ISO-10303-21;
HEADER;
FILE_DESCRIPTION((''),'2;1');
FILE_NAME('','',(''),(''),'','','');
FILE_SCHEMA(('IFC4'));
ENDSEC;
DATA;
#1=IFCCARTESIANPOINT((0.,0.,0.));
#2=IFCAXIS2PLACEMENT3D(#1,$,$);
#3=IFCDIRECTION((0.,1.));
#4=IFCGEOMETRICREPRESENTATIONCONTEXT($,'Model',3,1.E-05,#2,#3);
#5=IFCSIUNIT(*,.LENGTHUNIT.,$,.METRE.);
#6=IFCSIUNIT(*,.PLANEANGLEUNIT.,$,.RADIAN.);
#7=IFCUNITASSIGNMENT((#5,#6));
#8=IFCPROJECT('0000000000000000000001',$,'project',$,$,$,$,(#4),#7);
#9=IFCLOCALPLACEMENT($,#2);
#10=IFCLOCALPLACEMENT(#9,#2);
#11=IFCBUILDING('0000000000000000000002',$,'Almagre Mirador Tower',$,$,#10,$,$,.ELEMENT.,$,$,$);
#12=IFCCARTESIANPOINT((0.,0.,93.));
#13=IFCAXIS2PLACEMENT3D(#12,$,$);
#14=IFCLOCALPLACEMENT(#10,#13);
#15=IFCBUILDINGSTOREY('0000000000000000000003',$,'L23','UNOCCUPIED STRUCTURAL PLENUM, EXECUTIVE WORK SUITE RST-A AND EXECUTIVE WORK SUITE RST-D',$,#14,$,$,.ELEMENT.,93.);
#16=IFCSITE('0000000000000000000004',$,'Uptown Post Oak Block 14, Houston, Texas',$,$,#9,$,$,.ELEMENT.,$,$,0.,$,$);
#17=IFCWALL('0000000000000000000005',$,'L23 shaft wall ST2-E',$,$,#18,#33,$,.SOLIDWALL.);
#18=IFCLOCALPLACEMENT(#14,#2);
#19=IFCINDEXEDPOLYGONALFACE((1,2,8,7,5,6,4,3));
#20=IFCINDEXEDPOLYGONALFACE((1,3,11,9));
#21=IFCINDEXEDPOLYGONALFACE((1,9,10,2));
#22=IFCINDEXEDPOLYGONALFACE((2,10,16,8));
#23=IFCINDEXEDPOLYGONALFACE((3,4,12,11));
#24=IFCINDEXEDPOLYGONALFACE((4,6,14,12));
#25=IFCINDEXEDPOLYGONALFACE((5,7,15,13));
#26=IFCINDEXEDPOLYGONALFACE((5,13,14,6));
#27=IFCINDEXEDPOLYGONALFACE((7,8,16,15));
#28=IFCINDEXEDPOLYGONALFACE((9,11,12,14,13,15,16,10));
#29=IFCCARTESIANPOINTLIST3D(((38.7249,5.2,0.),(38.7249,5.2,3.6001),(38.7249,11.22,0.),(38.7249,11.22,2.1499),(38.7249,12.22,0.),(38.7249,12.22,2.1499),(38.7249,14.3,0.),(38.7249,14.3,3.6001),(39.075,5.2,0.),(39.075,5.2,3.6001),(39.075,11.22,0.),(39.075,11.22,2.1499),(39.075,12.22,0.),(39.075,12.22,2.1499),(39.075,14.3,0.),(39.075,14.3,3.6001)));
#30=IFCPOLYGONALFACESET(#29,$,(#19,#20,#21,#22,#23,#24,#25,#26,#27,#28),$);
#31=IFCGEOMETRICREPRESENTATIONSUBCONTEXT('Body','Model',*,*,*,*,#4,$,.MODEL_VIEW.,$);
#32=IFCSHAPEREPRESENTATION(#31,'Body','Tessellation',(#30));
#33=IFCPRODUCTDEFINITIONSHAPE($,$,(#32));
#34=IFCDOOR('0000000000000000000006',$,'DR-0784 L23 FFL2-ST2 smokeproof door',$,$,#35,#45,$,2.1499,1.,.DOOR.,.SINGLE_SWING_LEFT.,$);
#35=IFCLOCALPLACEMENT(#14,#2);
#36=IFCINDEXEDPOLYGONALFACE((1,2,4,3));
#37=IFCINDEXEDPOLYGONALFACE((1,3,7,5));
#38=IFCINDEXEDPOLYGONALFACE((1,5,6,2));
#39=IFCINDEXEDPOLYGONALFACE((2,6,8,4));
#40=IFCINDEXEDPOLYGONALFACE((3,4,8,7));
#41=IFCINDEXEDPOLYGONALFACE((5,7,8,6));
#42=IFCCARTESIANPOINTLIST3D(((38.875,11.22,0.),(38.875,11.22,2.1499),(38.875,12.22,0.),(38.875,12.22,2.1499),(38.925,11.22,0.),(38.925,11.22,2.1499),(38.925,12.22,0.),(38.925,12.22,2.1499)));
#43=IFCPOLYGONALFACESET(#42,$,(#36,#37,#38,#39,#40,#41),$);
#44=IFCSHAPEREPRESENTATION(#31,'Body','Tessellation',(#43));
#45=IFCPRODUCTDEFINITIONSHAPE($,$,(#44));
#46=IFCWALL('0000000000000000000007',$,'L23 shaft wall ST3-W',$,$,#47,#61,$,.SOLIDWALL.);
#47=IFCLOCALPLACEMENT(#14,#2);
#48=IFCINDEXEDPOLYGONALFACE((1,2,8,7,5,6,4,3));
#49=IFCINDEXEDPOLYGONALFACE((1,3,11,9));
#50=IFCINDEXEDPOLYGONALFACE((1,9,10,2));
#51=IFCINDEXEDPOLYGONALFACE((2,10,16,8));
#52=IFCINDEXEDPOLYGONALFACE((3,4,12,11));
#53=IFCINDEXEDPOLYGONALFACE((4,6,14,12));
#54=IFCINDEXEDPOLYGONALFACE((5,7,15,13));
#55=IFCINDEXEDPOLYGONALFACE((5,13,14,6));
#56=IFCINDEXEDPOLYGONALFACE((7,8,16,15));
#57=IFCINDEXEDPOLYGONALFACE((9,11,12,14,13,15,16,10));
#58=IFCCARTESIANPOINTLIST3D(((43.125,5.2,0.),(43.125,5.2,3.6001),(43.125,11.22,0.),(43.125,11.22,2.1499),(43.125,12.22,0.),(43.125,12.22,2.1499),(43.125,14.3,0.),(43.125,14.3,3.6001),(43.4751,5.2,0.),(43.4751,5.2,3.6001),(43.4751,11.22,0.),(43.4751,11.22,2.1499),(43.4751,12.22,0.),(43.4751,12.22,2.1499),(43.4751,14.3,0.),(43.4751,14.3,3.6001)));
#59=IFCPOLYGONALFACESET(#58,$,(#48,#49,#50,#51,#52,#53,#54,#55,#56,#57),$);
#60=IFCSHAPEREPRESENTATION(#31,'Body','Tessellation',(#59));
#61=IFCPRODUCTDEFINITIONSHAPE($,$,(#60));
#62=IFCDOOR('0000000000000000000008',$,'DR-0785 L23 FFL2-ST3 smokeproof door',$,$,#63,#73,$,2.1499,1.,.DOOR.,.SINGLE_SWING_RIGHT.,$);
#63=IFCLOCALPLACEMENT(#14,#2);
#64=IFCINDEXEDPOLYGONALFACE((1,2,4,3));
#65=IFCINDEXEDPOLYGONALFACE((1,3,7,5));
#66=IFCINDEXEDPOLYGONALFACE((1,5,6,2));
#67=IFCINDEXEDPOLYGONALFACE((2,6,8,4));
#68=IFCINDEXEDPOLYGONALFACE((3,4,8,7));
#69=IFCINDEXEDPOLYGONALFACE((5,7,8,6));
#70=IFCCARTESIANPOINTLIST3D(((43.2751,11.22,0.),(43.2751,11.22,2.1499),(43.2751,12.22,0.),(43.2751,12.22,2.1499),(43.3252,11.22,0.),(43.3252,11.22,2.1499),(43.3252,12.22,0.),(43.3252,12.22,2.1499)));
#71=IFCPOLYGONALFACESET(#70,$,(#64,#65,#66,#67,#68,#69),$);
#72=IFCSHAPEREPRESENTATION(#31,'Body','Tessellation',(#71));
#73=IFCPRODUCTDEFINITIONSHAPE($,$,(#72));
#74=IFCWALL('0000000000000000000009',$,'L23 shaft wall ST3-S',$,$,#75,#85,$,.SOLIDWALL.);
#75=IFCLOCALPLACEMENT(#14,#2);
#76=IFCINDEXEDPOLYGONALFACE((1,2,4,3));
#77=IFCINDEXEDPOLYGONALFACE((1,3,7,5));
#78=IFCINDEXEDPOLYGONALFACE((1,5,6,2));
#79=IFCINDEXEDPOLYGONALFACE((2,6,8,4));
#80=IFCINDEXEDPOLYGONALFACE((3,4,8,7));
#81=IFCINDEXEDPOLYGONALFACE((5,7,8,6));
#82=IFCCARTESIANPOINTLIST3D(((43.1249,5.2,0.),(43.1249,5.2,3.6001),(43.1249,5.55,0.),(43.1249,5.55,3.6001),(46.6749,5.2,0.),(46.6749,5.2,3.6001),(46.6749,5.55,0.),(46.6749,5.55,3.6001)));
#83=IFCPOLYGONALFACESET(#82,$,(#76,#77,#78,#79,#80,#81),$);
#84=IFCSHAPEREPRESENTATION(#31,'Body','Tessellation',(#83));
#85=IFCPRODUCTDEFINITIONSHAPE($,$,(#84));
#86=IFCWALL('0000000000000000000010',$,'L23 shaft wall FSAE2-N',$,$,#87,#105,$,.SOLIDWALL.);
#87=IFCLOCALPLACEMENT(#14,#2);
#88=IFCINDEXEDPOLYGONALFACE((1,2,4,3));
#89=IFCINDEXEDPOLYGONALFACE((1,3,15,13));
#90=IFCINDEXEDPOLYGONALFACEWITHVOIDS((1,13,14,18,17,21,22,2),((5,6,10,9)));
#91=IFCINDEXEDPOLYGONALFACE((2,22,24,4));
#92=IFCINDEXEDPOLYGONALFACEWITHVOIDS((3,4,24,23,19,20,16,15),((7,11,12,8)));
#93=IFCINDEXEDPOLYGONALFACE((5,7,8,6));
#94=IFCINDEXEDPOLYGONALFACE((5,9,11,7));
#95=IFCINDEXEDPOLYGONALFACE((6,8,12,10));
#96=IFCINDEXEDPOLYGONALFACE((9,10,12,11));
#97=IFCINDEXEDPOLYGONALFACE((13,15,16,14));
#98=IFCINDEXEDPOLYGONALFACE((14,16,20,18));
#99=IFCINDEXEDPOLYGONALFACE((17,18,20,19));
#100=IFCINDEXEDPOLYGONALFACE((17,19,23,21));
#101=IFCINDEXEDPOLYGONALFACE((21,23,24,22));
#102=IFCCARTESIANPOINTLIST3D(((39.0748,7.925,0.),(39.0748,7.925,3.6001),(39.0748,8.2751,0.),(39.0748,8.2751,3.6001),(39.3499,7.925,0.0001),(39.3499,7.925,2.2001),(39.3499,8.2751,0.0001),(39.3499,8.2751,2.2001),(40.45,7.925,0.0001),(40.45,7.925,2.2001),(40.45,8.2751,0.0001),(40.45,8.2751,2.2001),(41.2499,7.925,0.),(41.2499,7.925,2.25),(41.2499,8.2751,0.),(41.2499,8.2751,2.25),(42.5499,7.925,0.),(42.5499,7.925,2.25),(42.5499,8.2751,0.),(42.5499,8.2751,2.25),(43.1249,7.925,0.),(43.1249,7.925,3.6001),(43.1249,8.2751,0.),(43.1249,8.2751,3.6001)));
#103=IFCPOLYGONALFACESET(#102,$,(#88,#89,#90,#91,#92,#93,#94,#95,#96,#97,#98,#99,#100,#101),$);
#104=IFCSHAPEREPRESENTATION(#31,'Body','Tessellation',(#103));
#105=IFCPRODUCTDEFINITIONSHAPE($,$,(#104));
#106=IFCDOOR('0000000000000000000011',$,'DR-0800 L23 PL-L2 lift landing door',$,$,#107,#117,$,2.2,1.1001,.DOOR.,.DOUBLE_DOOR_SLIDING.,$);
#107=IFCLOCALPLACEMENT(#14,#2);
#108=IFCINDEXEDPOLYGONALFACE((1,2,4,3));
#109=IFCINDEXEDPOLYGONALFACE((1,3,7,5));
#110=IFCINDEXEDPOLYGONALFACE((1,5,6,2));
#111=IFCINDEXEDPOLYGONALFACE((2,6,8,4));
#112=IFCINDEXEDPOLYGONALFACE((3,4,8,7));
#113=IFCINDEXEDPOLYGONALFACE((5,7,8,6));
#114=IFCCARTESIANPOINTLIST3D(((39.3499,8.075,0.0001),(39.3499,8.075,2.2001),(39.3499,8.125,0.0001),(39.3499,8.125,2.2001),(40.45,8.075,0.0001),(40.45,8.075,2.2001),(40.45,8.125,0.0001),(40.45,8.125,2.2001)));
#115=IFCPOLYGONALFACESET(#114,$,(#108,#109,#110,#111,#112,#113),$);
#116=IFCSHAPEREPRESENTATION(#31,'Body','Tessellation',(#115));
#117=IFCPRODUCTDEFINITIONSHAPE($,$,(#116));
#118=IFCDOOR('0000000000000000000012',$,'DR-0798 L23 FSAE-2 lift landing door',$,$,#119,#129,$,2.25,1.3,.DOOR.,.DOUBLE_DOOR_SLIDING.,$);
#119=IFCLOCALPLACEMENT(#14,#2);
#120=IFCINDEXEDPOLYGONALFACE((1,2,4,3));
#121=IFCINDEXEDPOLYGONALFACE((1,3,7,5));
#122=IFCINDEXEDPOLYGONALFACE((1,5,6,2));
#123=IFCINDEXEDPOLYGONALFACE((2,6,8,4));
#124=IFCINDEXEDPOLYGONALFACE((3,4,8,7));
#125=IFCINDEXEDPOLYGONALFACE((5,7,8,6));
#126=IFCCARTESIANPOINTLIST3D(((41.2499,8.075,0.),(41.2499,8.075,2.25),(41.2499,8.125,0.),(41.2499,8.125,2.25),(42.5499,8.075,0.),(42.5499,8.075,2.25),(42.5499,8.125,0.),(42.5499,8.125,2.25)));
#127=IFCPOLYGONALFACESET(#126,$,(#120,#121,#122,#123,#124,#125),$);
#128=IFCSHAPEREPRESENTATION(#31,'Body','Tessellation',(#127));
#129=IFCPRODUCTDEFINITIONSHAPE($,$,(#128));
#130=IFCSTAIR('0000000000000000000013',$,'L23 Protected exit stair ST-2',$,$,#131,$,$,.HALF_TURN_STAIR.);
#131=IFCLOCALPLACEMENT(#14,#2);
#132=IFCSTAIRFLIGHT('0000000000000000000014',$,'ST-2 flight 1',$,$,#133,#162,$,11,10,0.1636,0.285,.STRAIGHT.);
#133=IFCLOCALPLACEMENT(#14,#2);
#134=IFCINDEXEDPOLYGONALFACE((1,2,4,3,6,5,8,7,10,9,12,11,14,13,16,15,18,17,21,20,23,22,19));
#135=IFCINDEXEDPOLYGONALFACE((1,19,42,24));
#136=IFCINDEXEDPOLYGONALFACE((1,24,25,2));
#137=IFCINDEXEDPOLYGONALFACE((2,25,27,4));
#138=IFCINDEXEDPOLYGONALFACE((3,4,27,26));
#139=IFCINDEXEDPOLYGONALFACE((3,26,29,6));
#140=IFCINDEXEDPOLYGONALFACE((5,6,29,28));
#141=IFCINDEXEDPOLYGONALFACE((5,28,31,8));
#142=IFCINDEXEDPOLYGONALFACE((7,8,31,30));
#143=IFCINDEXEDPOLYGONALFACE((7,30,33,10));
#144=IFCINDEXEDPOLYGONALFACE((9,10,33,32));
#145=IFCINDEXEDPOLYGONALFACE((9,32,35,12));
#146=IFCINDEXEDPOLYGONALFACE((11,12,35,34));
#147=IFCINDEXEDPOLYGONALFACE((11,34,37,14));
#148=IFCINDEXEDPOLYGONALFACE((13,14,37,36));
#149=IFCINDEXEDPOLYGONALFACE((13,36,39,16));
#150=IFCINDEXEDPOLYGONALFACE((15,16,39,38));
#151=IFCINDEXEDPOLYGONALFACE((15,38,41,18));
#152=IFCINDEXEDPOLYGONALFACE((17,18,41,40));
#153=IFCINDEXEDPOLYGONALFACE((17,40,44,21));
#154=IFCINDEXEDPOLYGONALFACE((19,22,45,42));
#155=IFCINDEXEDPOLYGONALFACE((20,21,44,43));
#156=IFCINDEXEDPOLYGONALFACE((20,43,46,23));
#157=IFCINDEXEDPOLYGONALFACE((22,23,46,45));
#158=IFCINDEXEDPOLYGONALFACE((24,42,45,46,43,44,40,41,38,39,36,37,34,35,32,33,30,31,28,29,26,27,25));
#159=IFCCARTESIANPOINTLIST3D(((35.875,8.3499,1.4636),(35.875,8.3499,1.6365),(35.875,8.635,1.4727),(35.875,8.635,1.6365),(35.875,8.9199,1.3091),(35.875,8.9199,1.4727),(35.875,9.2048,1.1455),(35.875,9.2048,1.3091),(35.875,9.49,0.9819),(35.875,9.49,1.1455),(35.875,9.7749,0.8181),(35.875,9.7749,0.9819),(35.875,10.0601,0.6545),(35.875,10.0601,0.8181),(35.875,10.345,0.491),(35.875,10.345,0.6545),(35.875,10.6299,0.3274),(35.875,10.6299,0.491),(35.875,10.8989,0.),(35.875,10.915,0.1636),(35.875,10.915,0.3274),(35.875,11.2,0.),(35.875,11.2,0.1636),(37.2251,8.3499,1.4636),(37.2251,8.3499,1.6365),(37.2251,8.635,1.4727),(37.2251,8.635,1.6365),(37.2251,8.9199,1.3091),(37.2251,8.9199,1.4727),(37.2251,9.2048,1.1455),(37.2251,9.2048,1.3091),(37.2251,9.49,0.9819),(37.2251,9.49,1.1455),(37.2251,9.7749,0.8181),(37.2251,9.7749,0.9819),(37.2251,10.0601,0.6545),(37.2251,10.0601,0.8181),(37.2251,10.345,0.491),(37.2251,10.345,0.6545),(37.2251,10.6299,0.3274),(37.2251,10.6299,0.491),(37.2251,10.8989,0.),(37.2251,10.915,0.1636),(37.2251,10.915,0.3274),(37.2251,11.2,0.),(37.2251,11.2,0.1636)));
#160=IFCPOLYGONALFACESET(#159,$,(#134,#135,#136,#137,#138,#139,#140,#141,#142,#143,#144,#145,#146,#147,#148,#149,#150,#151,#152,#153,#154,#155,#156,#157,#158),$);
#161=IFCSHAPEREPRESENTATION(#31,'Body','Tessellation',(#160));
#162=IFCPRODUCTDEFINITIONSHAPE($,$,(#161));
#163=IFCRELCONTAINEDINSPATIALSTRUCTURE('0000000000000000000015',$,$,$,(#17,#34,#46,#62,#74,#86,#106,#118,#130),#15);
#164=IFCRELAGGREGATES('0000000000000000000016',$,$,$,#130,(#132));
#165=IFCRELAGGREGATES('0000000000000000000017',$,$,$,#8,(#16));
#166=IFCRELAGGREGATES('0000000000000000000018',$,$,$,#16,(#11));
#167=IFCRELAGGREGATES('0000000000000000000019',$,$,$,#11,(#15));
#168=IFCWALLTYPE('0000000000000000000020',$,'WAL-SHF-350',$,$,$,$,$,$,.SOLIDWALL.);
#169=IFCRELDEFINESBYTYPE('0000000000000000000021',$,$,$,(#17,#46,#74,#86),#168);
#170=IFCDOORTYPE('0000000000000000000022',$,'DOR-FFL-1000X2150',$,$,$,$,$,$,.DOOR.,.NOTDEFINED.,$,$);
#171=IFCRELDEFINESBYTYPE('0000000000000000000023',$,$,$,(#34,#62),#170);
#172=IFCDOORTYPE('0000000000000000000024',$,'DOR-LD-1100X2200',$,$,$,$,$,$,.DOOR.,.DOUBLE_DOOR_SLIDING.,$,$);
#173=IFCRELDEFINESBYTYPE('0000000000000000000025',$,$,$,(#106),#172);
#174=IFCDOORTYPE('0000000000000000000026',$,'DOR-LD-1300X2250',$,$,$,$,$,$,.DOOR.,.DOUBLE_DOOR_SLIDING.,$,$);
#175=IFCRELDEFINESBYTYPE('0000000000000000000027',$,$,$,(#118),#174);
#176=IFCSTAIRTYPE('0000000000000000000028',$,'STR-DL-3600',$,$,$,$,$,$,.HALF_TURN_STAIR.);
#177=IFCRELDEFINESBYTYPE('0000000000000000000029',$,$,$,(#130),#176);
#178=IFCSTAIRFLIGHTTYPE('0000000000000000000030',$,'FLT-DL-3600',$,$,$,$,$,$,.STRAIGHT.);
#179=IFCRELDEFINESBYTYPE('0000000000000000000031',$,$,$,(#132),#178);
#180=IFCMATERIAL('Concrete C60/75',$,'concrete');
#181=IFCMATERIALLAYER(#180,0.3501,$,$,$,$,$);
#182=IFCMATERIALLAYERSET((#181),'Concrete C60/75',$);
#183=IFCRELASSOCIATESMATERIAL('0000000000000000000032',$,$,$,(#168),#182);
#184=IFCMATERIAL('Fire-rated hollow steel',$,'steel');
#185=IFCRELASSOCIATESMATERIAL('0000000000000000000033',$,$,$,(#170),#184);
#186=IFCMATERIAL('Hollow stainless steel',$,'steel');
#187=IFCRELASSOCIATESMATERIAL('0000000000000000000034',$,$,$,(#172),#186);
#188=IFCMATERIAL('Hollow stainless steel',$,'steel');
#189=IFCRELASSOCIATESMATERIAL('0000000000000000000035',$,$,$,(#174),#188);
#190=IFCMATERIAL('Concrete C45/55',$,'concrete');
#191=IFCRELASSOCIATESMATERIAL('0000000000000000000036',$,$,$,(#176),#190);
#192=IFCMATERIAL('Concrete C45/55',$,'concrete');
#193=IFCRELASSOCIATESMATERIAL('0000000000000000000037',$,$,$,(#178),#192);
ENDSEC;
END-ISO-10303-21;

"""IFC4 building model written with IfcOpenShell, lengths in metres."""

from ifc_helpers import new_model, si_unit, direction, frame, frame_2d, origin, place, context, subcontext, project, spatial, polyline, rectangle, outline, extrude, material, layer, layer_set, type_object, element, fill, aggregate, save


model = new_model("IFC4")

# Units and contexts
model_context = context("Model", 3, precision=1e-05, world=origin(), true_north=direction((0.0, 1.0)))
body_context = subcontext(model_context, "Body", "Model", "MODEL_VIEW")
ifc_project = project(units=[si_unit("LENGTHUNIT", "METRE"), si_unit("PLANEANGLEUNIT", "RADIAN")], contexts=[model_context])

# Site, building, storey
site_placement = place(None, origin())
site = spatial("IfcSite", under=ifc_project, at=site_placement, Name="Uptown Post Oak Block 14, Houston, Texas", CompositionType="ELEMENT", RefElevation=0.0)
building_placement = place(site_placement, origin())
building = spatial("IfcBuilding", under=site, at=building_placement, Name="Almagre Mirador Tower", CompositionType="ELEMENT")
storey_placement = place(building_placement, frame((0.0, 0.0, 93.0)))
storey = spatial("IfcBuildingStorey", under=building, at=storey_placement, Name="L23", Description="UNOCCUPIED STRUCTURAL PLENUM, EXECUTIVE WORK SUITE RST-A AND EXECUTIVE WORK SUITE RST-D", CompositionType="ELEMENT", Elevation=93.0)

# Walls, openings, doors
ifc_material_1 = material(Name="Concrete C60/75", Category="concrete")
ifc_layer = layer(ifc_material_1, 0.3501)
ifc_layer_set = layer_set([ifc_layer], Name="Concrete C60/75")
wall_type = type_object("IfcWallType", Name="WAL-SHF-350", PredefinedType="SOLIDWALL", material=ifc_layer_set)
wall_1_placement = place(storey_placement, frame((38.8999, 5.2, 0.0), z_axis=(0.0, 0.0, 1.0), x_axis=(0.0, 1.0, 0.0)))
wall_1 = element("IfcWall", 1, at=wall_1_placement, inside=storey, type_object=wall_type, Name="L23 shaft wall ST2-E", PredefinedType="SOLIDWALL", context=body_context, shape_type="SweptSolid", body=[
    extrude(rectangle(XDim=9.1001, YDim=0.3501, at=frame_2d((4.55, 0.0))), origin(), (0.0, 0.0, 1.0), 3.6001),
])
opening_1_placement = place(wall_1_placement, frame((6.02, 0.0, 0.0)))
opening_1 = element("IfcOpeningElement", 2, at=opening_1_placement, cuts=wall_1, PredefinedType="OPENING", context=body_context, shape_type="SweptSolid", body=[
    extrude(rectangle(XDim=1.0, YDim=2.1499, at=frame_2d((0.5, 1.075))), frame((0.0, 0.185, 0.0), z_axis=(0.0, -1.0, 0.0), x_axis=(1.0, 0.0, 0.0)), (0.0, 0.0, 1.0), 0.3701),
])
ifc_material_2 = material(Name="Fire-rated hollow steel", Category="steel")
door_type_1 = type_object("IfcDoorType", Name="DOR-FFL-1000X2150", OperationType="NOTDEFINED", PredefinedType="DOOR", material=ifc_material_2)
door_1_placement = place(opening_1_placement, origin())
door_1 = element("IfcDoor", 3, at=door_1_placement, inside=storey, type_object=door_type_1, Name="DR-0784 L23 FFL2-ST2 smokeproof door", OperationType="SINGLE_SWING_LEFT", OverallHeight=2.1499, OverallWidth=1.0, PredefinedType="DOOR", context=body_context, shape_type="SweptSolid", body=[
    extrude(rectangle(XDim=1.0, YDim=2.1499, at=frame_2d((0.5, 1.075))), frame((0.0, 0.0249, 0.0), z_axis=(0.0, -1.0, 0.0), x_axis=(1.0, 0.0, 0.0)), (0.0, 0.0, 1.0), 0.05),
])
fill(opening_1, door_1)
wall_2_placement = place(storey_placement, frame((43.3, 5.2, 0.0), z_axis=(0.0, 0.0, 1.0), x_axis=(0.0, 1.0, 0.0)))
wall_2 = element("IfcWall", 4, at=wall_2_placement, inside=storey, type_object=wall_type, Name="L23 shaft wall ST3-W", PredefinedType="SOLIDWALL", context=body_context, shape_type="SweptSolid", body=[
    extrude(rectangle(XDim=9.1001, YDim=0.3501, at=frame_2d((4.55, 0.0))), origin(), (0.0, 0.0, 1.0), 3.6001),
])
opening_2_placement = place(wall_2_placement, frame((6.02, 0.0, 0.0)))
opening_2 = element("IfcOpeningElement", 5, at=opening_2_placement, cuts=wall_2, PredefinedType="OPENING", context=body_context, shape_type="SweptSolid", body=[
    extrude(rectangle(XDim=1.0, YDim=2.1499, at=frame_2d((0.5, 1.075))), frame((0.0, 0.185, 0.0), z_axis=(0.0, -1.0, 0.0), x_axis=(1.0, 0.0, 0.0)), (0.0, 0.0, 1.0), 0.3701),
])
door_2_placement = place(opening_2_placement, origin())
door_2 = element("IfcDoor", 6, at=door_2_placement, inside=storey, type_object=door_type_1, Name="DR-0785 L23 FFL2-ST3 smokeproof door", OperationType="SINGLE_SWING_RIGHT", OverallHeight=2.1499, OverallWidth=1.0, PredefinedType="DOOR", context=body_context, shape_type="SweptSolid", body=[
    extrude(rectangle(XDim=1.0, YDim=2.1499, at=frame_2d((0.5, 1.075))), frame((0.0, 0.0249, 0.0), z_axis=(0.0, -1.0, 0.0), x_axis=(1.0, 0.0, 0.0)), (0.0, 0.0, 1.0), 0.05),
])
fill(opening_2, door_2)

# Wall
wall_3_placement = place(storey_placement, frame((43.125, 5.375, 0.0), z_axis=(0.0, 0.0, 1.0), x_axis=(1.0, 0.0, 0.0)))
element("IfcWall", 7, at=wall_3_placement, inside=storey, type_object=wall_type, Name="L23 shaft wall ST3-S", PredefinedType="SOLIDWALL", context=body_context, shape_type="SweptSolid", body=[
    extrude(rectangle(XDim=3.55, YDim=0.3501, at=frame_2d((1.7749, 0.0))), origin(), (0.0, 0.0, 1.0), 3.6001),
])

# Wall, openings, doors
wall_4_placement = place(storey_placement, frame((39.075, 8.1001, 0.0), z_axis=(0.0, 0.0, 1.0), x_axis=(1.0, 0.0, 0.0)))
wall_4 = element("IfcWall", 8, at=wall_4_placement, inside=storey, type_object=wall_type, Name="L23 shaft wall FSAE2-N", PredefinedType="SOLIDWALL", context=body_context, shape_type="SweptSolid", body=[
    extrude(rectangle(XDim=4.05, YDim=0.3501, at=frame_2d((2.0249, 0.0))), origin(), (0.0, 0.0, 1.0), 3.6001),
])
opening_3_placement = place(wall_4_placement, frame((2.175, 0.0, 0.0)))
opening_3 = element("IfcOpeningElement", 9, at=opening_3_placement, cuts=wall_4, PredefinedType="OPENING", context=body_context, shape_type="SweptSolid", body=[
    extrude(rectangle(XDim=1.3, YDim=2.25, at=frame_2d((0.6499, 1.125))), frame((0.0, 0.185, 0.0), z_axis=(0.0, -1.0, 0.0), x_axis=(1.0, 0.0, 0.0)), (0.0, 0.0, 1.0), 0.3701),
])
opening_4_placement = place(wall_4_placement, frame((0.2749, 0.0, 0.0)))
opening_4 = element("IfcOpeningElement", 10, at=opening_4_placement, cuts=wall_4, PredefinedType="OPENING", context=body_context, shape_type="SweptSolid", body=[
    extrude(rectangle(XDim=1.1001, YDim=2.2, at=frame_2d((0.55, 1.1001))), frame((0.0, 0.185, 0.0), z_axis=(0.0, -1.0, 0.0), x_axis=(1.0, 0.0, 0.0)), (0.0, 0.0, 1.0), 0.3701),
])
ifc_material_3 = material(Name="Hollow stainless steel", Category="steel")
door_type_2 = type_object("IfcDoorType", Name="DOR-LD-1100X2200", OperationType="DOUBLE_DOOR_SLIDING", PredefinedType="DOOR", material=ifc_material_3)
door_3_placement = place(opening_4_placement, origin())
door_3 = element("IfcDoor", 11, at=door_3_placement, inside=storey, type_object=door_type_2, Name="DR-0800 L23 PL-L2 lift landing door", OperationType="DOUBLE_DOOR_SLIDING", OverallHeight=2.2, OverallWidth=1.1001, PredefinedType="DOOR", context=body_context, shape_type="SweptSolid", body=[
    extrude(rectangle(XDim=1.1001, YDim=2.2, at=frame_2d((0.55, 1.1001))), frame((0.0, 0.0249, 0.0), z_axis=(0.0, -1.0, 0.0), x_axis=(1.0, 0.0, 0.0)), (0.0, 0.0, 1.0), 0.05),
])
fill(opening_4, door_3)
ifc_material_4 = material(Name="Hollow stainless steel", Category="steel")
door_type_3 = type_object("IfcDoorType", Name="DOR-LD-1300X2250", OperationType="DOUBLE_DOOR_SLIDING", PredefinedType="DOOR", material=ifc_material_4)
door_4_placement = place(opening_3_placement, origin())
door_4 = element("IfcDoor", 12, at=door_4_placement, inside=storey, type_object=door_type_3, Name="DR-0798 L23 FSAE-2 lift landing door", OperationType="DOUBLE_DOOR_SLIDING", OverallHeight=2.25, OverallWidth=1.3, PredefinedType="DOOR", context=body_context, shape_type="SweptSolid", body=[
    extrude(rectangle(XDim=1.3, YDim=2.25, at=frame_2d((0.6499, 1.125))), frame((0.0, 0.0249, 0.0), z_axis=(0.0, -1.0, 0.0), x_axis=(1.0, 0.0, 0.0)), (0.0, 0.0, 1.0), 0.05),
])
fill(opening_3, door_4)

# Stair, stair flight
ifc_material_5 = material(Name="Concrete C45/55", Category="concrete")
stair_type = type_object("IfcStairType", Name="STR-DL-3600", PredefinedType="HALF_TURN_STAIR", material=ifc_material_5)
stair_1_placement = place(storey_placement, origin())
stair_1 = element("IfcStair", 13, at=stair_1_placement, inside=storey, type_object=stair_type, Name="L23 Protected exit stair ST-2", PredefinedType="HALF_TURN_STAIR")
ifc_material_6 = material(Name="Concrete C45/55", Category="concrete")
stair_flight_type = type_object("IfcStairFlightType", Name="FLT-DL-3600", PredefinedType="STRAIGHT", material=ifc_material_6)
stair_flight_1_placement = place(storey_placement, frame((36.55, 11.2, 0.0), z_axis=(0.0, 0.0, 1.0), x_axis=(0.0, -1.0, 0.0)))
stair_flight_1 = element("IfcStairFlight", 14, at=stair_flight_1_placement, type_object=stair_flight_type, Name="ST-2 flight 1", NumberOfRisers=11, NumberOfTreads=10, PredefinedType="STRAIGHT", RiserHeight=0.1636, TreadLength=0.285, context=body_context, shape_type="SweptSolid", body=[
    extrude(outline(polyline([(0.0, 0.0), (0.0, 0.1636), (0.2849, 0.1636), (0.2849, 0.3274), (0.5701, 0.3274), (0.5701, 0.491), (0.855, 0.491), (0.855, 0.6545), (1.1399, 0.6545), (1.1399, 0.8181), (1.425, 0.8181), (1.425, 0.9819), (1.71, 0.9819), (1.71, 1.1455), (1.9951, 1.1455), (1.9951, 1.3091), (2.28, 1.3091), (2.28, 1.4727), (2.5649, 1.4727), (2.5649, 1.6365), (2.8501, 1.6365), (2.8501, 1.8), (2.8501, 1.4636), (0.301, 0.0), (0.0, 0.0)])), frame((0.0, 0.675, 0.0), z_axis=(0.0, -1.0, 0.0), x_axis=(1.0, 0.0, 0.0)), (0.0, 0.0, 1.0), 1.3501),
])
aggregate(stair_1, [stair_flight_1])

save(model, "model.ifc")
